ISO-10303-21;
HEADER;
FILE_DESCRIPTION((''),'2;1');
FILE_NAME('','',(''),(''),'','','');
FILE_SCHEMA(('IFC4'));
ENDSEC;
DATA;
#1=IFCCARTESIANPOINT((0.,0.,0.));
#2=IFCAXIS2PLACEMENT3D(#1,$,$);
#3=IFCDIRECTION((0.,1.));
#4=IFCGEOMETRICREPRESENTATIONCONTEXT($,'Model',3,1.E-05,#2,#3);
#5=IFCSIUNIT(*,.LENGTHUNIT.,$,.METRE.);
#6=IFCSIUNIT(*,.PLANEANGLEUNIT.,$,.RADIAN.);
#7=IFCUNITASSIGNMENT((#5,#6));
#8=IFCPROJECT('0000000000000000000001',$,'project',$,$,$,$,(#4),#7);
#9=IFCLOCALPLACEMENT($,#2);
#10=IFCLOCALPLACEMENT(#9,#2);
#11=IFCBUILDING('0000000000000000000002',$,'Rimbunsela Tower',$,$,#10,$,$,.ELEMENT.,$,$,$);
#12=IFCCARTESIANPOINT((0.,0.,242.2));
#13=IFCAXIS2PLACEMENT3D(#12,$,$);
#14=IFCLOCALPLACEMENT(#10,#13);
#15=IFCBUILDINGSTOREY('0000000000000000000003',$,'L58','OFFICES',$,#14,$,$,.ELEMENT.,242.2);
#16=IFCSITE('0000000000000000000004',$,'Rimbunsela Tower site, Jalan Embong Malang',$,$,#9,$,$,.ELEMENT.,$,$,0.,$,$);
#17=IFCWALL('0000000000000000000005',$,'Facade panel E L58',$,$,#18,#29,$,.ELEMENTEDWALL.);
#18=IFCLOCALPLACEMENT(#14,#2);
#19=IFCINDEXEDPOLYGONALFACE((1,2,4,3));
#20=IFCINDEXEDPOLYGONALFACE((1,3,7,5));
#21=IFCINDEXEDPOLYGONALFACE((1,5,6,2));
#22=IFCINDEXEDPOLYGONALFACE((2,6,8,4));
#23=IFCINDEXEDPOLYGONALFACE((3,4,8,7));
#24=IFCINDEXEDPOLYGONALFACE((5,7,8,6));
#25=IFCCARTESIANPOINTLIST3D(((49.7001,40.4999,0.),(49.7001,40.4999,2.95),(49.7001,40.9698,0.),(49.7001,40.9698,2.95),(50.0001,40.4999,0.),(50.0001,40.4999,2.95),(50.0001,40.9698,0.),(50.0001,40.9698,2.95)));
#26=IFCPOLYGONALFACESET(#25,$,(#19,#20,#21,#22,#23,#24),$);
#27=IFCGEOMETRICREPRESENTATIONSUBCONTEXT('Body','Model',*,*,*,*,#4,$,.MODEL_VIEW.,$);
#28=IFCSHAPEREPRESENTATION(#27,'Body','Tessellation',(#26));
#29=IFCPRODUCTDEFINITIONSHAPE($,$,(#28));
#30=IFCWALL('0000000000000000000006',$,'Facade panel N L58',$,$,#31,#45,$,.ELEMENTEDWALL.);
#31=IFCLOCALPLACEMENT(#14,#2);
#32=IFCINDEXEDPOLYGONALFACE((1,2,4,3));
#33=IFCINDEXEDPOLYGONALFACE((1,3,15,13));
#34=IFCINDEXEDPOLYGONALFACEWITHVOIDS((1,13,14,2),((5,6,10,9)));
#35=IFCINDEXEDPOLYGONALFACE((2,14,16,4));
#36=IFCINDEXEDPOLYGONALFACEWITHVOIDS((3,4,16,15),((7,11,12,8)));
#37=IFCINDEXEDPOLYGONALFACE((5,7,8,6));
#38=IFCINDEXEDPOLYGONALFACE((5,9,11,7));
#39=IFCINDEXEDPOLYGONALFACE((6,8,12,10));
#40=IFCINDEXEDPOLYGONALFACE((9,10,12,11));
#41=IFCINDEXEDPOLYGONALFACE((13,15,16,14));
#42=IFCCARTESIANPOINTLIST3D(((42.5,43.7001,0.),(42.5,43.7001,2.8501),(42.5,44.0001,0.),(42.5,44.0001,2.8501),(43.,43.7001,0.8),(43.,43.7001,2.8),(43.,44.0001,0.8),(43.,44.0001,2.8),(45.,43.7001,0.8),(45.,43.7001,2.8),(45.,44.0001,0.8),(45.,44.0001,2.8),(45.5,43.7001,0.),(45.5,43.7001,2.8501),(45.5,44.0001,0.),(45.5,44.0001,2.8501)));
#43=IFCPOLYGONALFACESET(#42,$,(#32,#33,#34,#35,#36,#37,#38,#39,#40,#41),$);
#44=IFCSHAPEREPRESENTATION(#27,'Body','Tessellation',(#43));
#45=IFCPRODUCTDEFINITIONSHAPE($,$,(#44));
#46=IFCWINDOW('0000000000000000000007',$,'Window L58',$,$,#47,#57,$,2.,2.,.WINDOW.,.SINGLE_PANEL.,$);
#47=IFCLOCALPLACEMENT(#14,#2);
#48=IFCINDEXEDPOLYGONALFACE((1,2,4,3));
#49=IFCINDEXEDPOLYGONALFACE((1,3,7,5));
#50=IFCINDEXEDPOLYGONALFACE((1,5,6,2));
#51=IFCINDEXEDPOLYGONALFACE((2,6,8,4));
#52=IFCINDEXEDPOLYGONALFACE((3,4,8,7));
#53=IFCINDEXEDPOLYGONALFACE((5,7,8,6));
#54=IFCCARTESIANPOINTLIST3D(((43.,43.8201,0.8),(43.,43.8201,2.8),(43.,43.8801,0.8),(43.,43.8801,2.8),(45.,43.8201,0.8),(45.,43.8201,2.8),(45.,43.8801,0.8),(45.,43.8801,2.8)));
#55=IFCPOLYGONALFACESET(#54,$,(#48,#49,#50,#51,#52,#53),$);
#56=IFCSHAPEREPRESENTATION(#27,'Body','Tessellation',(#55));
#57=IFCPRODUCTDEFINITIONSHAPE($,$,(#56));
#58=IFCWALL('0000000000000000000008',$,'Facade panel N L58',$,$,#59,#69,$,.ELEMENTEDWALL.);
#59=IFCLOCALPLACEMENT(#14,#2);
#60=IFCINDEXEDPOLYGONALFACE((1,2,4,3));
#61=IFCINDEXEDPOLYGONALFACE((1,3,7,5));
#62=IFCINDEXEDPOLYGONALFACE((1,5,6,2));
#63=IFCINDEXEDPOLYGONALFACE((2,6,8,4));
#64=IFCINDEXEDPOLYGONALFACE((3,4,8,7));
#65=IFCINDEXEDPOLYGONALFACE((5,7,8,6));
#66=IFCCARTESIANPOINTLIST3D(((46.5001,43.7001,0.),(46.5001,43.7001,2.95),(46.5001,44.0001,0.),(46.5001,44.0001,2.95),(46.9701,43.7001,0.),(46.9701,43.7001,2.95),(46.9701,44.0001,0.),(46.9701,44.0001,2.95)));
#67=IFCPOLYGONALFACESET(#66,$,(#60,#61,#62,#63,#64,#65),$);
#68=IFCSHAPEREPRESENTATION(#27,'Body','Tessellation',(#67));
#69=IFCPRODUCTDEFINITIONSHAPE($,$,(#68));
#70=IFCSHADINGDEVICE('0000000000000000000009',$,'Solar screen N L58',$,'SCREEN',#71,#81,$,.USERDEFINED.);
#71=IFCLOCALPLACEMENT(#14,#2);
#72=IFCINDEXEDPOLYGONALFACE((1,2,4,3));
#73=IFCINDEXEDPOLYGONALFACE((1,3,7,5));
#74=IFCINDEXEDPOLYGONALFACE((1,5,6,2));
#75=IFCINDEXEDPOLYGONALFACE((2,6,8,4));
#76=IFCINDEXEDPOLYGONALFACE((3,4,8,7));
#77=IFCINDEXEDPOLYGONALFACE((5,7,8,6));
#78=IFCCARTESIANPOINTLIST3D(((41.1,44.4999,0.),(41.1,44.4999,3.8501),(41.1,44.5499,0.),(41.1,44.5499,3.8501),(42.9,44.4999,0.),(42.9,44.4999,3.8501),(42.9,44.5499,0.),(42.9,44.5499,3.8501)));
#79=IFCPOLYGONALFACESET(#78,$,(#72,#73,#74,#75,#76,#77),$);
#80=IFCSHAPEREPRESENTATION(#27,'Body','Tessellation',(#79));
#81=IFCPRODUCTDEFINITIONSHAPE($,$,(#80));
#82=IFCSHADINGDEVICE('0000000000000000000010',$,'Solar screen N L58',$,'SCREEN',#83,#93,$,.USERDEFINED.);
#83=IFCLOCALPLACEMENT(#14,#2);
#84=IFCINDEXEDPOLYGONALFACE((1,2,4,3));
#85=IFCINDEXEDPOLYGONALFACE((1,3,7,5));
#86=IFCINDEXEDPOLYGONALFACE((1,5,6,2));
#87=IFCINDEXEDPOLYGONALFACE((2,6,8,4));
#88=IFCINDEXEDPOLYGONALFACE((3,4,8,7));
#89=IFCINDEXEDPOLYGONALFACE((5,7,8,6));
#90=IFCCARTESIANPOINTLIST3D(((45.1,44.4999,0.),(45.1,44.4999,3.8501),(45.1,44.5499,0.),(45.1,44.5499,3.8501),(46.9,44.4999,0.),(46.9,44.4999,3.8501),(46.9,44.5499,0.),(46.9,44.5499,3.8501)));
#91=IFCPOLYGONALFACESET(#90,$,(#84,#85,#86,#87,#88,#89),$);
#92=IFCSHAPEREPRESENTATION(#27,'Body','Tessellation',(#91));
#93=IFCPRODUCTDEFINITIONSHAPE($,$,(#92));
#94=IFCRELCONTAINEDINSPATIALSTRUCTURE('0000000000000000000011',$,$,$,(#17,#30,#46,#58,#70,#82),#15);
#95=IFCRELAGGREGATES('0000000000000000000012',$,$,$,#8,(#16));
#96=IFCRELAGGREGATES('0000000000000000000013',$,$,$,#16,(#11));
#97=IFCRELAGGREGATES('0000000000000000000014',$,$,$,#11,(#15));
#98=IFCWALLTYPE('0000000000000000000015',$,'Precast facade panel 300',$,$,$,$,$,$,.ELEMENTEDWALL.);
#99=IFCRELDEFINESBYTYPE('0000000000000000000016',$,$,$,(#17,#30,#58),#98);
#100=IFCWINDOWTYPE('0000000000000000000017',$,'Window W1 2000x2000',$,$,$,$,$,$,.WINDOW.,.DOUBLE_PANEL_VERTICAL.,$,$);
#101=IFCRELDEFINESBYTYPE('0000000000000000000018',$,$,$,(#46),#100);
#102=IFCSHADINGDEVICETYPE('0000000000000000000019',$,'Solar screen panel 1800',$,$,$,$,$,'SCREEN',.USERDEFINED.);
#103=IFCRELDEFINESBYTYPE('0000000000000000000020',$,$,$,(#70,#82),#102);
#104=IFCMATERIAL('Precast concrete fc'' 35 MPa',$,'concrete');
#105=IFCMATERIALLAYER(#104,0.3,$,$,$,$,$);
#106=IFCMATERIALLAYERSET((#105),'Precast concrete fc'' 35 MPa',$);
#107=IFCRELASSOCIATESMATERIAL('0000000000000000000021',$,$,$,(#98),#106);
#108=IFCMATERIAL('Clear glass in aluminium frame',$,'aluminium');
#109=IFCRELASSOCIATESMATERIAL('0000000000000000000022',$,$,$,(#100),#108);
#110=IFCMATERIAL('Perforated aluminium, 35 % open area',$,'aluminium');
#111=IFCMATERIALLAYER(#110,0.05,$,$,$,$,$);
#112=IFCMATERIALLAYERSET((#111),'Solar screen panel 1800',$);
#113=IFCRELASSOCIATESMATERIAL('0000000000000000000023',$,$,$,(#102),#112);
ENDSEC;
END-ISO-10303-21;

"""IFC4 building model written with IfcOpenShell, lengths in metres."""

from ifc_helpers import new_model, si_unit, direction, frame, frame_2d, origin, origin_2d, place, context, subcontext, project, spatial, rectangle, extrude, material, layer, layer_set, type_object, element, fill, save


model = new_model("IFC4")

# Units and contexts
model_context = context("Model", 3, precision=1e-05, world=origin(), true_north=direction((0.0, 1.0)))
body_context = subcontext(model_context, "Body", "Model", "MODEL_VIEW")
ifc_project = project(units=[si_unit("LENGTHUNIT", "METRE"), si_unit("PLANEANGLEUNIT", "RADIAN")], contexts=[model_context])

# Site, building, storey
site_placement = place(None, origin())
site = spatial("IfcSite", under=ifc_project, at=site_placement, Name="Rimbunsela Tower site, Jalan Embong Malang", CompositionType="ELEMENT", RefElevation=0.0)
building_placement = place(site_placement, origin())
building = spatial("IfcBuilding", under=site, at=building_placement, Name="Rimbunsela Tower", CompositionType="ELEMENT")
storey_placement = place(building_placement, frame((0.0, 0.0, 242.2)))
storey = spatial("IfcBuildingStorey", under=building, at=storey_placement, Name="L58", Description="OFFICES", CompositionType="ELEMENT", Elevation=242.2)

# Wall
ifc_material_1 = material(Name="Precast concrete fc' 35 MPa", Category="concrete")
ifc_layer_1 = layer(ifc_material_1, 0.3)
ifc_layer_set_1 = layer_set([ifc_layer_1], Name="Precast concrete fc' 35 MPa")
wall_type_1 = type_object("IfcWallType", Name="Precast facade panel 300", PredefinedType="ELEMENTEDWALL", material=ifc_layer_set_1)
wall_1_placement = place(storey_placement, frame((49.8501, 40.5, 0.0), z_axis=(0.0, 0.0, 1.0), x_axis=(0.0, 1.0, 0.0)))
element("IfcWall", 1, at=wall_1_placement, inside=storey, type_object=wall_type_1, Name="Facade panel E L58", PredefinedType="ELEMENTEDWALL", context=body_context, shape_type="SweptSolid", body=[
    extrude(rectangle(XDim=0.47, YDim=0.3, at=frame_2d((0.2349, 0.0))), origin(), (0.0, 0.0, 1.0), 2.95),
])

# Wall, opening, window
wall_2_placement = place(storey_placement, frame((45.5, 43.8501, 0.0), z_axis=(0.0, 0.0, 1.0), x_axis=(-1.0, 0.0, 0.0)))
wall_2 = element("IfcWall", 2, at=wall_2_placement, inside=storey, type_object=wall_type_1, Name="Facade panel N L58", PredefinedType="ELEMENTEDWALL", context=body_context, shape_type="SweptSolid", body=[
    extrude(rectangle(XDim=3.0, YDim=0.3, at=frame_2d((1.5, 0.0))), origin(), (0.0, 0.0, 1.0), 2.8501),
])
opening_placement = place(wall_2_placement, frame((0.5, 0.0, 0.8)))
opening = element("IfcOpeningElement", 3, at=opening_placement, cuts=wall_2, PredefinedType="OPENING", context=body_context, shape_type="SweptSolid", body=[
    extrude(rectangle(XDim=2.0, YDim=2.0, at=frame_2d((1.0, 1.0))), frame((0.0, 0.1599, 0.0), z_axis=(0.0, -1.0, 0.0), x_axis=(1.0, 0.0, 0.0)), (0.0, 0.0, 1.0), 0.3201),
])
ifc_material_2 = material(Name="Clear glass in aluminium frame", Category="aluminium")
window_type = type_object("IfcWindowType", Name="Window W1 2000x2000", PartitioningType="DOUBLE_PANEL_VERTICAL", PredefinedType="WINDOW", material=ifc_material_2)
window_placement = place(opening_placement, origin())
window = element("IfcWindow", 4, at=window_placement, inside=storey, type_object=window_type, Name="Window L58", OverallHeight=2.0, OverallWidth=2.0, PartitioningType="SINGLE_PANEL", PredefinedType="WINDOW", context=body_context, shape_type="SweptSolid", body=[
    extrude(rectangle(XDim=2.0, YDim=2.0, at=frame_2d((1.0, 1.0))), frame((0.0, 0.03, 0.0), z_axis=(0.0, -1.0, 0.0), x_axis=(1.0, 0.0, 0.0)), (0.0, 0.0, 1.0), 0.0601),
])
fill(opening, window)

# Wall
wall_3_placement = place(storey_placement, frame((46.97, 43.8501, 0.0), z_axis=(0.0, 0.0, 1.0), x_axis=(-1.0, 0.0, 0.0)))
element("IfcWall", 5, at=wall_3_placement, inside=storey, type_object=wall_type_1, Name="Facade panel N L58", PredefinedType="ELEMENTEDWALL", context=body_context, shape_type="SweptSolid", body=[
    extrude(rectangle(XDim=0.47, YDim=0.3, at=frame_2d((0.2349, 0.0))), origin(), (0.0, 0.0, 1.0), 2.95),
])

# Shading devices
ifc_material_3 = material(Name="Perforated aluminium, 35 % open area", Category="aluminium")
ifc_layer_2 = layer(ifc_material_3, 0.05)
ifc_layer_set_2 = layer_set([ifc_layer_2], Name="Solar screen panel 1800")
shading_device_type = type_object("IfcShadingDeviceType", Name="Solar screen panel 1800", ElementType="SCREEN", PredefinedType="USERDEFINED", material=ifc_layer_set_2)
for number, where, z_axis, x_axis, name in (
    (6, (42.0, 44.5249, 0.0), (0.0, 0.0, 1.0), (1.0, 0.0, 0.0), "Solar screen N L58"),
    (7, (46.0, 44.5249, 0.0), (0.0, 0.0, 1.0), (1.0, 0.0, 0.0), "Solar screen N L58"),
):
    element("IfcShadingDevice", number, at=place(storey_placement, frame(where, z_axis=z_axis, x_axis=x_axis)), inside=storey, type_object=shading_device_type, Name=name, ObjectType="SCREEN", PredefinedType="USERDEFINED", context=body_context, shape_type="SweptSolid", body=[
        extrude(rectangle(XDim=1.8, YDim=0.05, at=origin_2d()), origin(), (0.0, 0.0, 1.0), 3.8501),
    ])

save(model, "model.ifc")
